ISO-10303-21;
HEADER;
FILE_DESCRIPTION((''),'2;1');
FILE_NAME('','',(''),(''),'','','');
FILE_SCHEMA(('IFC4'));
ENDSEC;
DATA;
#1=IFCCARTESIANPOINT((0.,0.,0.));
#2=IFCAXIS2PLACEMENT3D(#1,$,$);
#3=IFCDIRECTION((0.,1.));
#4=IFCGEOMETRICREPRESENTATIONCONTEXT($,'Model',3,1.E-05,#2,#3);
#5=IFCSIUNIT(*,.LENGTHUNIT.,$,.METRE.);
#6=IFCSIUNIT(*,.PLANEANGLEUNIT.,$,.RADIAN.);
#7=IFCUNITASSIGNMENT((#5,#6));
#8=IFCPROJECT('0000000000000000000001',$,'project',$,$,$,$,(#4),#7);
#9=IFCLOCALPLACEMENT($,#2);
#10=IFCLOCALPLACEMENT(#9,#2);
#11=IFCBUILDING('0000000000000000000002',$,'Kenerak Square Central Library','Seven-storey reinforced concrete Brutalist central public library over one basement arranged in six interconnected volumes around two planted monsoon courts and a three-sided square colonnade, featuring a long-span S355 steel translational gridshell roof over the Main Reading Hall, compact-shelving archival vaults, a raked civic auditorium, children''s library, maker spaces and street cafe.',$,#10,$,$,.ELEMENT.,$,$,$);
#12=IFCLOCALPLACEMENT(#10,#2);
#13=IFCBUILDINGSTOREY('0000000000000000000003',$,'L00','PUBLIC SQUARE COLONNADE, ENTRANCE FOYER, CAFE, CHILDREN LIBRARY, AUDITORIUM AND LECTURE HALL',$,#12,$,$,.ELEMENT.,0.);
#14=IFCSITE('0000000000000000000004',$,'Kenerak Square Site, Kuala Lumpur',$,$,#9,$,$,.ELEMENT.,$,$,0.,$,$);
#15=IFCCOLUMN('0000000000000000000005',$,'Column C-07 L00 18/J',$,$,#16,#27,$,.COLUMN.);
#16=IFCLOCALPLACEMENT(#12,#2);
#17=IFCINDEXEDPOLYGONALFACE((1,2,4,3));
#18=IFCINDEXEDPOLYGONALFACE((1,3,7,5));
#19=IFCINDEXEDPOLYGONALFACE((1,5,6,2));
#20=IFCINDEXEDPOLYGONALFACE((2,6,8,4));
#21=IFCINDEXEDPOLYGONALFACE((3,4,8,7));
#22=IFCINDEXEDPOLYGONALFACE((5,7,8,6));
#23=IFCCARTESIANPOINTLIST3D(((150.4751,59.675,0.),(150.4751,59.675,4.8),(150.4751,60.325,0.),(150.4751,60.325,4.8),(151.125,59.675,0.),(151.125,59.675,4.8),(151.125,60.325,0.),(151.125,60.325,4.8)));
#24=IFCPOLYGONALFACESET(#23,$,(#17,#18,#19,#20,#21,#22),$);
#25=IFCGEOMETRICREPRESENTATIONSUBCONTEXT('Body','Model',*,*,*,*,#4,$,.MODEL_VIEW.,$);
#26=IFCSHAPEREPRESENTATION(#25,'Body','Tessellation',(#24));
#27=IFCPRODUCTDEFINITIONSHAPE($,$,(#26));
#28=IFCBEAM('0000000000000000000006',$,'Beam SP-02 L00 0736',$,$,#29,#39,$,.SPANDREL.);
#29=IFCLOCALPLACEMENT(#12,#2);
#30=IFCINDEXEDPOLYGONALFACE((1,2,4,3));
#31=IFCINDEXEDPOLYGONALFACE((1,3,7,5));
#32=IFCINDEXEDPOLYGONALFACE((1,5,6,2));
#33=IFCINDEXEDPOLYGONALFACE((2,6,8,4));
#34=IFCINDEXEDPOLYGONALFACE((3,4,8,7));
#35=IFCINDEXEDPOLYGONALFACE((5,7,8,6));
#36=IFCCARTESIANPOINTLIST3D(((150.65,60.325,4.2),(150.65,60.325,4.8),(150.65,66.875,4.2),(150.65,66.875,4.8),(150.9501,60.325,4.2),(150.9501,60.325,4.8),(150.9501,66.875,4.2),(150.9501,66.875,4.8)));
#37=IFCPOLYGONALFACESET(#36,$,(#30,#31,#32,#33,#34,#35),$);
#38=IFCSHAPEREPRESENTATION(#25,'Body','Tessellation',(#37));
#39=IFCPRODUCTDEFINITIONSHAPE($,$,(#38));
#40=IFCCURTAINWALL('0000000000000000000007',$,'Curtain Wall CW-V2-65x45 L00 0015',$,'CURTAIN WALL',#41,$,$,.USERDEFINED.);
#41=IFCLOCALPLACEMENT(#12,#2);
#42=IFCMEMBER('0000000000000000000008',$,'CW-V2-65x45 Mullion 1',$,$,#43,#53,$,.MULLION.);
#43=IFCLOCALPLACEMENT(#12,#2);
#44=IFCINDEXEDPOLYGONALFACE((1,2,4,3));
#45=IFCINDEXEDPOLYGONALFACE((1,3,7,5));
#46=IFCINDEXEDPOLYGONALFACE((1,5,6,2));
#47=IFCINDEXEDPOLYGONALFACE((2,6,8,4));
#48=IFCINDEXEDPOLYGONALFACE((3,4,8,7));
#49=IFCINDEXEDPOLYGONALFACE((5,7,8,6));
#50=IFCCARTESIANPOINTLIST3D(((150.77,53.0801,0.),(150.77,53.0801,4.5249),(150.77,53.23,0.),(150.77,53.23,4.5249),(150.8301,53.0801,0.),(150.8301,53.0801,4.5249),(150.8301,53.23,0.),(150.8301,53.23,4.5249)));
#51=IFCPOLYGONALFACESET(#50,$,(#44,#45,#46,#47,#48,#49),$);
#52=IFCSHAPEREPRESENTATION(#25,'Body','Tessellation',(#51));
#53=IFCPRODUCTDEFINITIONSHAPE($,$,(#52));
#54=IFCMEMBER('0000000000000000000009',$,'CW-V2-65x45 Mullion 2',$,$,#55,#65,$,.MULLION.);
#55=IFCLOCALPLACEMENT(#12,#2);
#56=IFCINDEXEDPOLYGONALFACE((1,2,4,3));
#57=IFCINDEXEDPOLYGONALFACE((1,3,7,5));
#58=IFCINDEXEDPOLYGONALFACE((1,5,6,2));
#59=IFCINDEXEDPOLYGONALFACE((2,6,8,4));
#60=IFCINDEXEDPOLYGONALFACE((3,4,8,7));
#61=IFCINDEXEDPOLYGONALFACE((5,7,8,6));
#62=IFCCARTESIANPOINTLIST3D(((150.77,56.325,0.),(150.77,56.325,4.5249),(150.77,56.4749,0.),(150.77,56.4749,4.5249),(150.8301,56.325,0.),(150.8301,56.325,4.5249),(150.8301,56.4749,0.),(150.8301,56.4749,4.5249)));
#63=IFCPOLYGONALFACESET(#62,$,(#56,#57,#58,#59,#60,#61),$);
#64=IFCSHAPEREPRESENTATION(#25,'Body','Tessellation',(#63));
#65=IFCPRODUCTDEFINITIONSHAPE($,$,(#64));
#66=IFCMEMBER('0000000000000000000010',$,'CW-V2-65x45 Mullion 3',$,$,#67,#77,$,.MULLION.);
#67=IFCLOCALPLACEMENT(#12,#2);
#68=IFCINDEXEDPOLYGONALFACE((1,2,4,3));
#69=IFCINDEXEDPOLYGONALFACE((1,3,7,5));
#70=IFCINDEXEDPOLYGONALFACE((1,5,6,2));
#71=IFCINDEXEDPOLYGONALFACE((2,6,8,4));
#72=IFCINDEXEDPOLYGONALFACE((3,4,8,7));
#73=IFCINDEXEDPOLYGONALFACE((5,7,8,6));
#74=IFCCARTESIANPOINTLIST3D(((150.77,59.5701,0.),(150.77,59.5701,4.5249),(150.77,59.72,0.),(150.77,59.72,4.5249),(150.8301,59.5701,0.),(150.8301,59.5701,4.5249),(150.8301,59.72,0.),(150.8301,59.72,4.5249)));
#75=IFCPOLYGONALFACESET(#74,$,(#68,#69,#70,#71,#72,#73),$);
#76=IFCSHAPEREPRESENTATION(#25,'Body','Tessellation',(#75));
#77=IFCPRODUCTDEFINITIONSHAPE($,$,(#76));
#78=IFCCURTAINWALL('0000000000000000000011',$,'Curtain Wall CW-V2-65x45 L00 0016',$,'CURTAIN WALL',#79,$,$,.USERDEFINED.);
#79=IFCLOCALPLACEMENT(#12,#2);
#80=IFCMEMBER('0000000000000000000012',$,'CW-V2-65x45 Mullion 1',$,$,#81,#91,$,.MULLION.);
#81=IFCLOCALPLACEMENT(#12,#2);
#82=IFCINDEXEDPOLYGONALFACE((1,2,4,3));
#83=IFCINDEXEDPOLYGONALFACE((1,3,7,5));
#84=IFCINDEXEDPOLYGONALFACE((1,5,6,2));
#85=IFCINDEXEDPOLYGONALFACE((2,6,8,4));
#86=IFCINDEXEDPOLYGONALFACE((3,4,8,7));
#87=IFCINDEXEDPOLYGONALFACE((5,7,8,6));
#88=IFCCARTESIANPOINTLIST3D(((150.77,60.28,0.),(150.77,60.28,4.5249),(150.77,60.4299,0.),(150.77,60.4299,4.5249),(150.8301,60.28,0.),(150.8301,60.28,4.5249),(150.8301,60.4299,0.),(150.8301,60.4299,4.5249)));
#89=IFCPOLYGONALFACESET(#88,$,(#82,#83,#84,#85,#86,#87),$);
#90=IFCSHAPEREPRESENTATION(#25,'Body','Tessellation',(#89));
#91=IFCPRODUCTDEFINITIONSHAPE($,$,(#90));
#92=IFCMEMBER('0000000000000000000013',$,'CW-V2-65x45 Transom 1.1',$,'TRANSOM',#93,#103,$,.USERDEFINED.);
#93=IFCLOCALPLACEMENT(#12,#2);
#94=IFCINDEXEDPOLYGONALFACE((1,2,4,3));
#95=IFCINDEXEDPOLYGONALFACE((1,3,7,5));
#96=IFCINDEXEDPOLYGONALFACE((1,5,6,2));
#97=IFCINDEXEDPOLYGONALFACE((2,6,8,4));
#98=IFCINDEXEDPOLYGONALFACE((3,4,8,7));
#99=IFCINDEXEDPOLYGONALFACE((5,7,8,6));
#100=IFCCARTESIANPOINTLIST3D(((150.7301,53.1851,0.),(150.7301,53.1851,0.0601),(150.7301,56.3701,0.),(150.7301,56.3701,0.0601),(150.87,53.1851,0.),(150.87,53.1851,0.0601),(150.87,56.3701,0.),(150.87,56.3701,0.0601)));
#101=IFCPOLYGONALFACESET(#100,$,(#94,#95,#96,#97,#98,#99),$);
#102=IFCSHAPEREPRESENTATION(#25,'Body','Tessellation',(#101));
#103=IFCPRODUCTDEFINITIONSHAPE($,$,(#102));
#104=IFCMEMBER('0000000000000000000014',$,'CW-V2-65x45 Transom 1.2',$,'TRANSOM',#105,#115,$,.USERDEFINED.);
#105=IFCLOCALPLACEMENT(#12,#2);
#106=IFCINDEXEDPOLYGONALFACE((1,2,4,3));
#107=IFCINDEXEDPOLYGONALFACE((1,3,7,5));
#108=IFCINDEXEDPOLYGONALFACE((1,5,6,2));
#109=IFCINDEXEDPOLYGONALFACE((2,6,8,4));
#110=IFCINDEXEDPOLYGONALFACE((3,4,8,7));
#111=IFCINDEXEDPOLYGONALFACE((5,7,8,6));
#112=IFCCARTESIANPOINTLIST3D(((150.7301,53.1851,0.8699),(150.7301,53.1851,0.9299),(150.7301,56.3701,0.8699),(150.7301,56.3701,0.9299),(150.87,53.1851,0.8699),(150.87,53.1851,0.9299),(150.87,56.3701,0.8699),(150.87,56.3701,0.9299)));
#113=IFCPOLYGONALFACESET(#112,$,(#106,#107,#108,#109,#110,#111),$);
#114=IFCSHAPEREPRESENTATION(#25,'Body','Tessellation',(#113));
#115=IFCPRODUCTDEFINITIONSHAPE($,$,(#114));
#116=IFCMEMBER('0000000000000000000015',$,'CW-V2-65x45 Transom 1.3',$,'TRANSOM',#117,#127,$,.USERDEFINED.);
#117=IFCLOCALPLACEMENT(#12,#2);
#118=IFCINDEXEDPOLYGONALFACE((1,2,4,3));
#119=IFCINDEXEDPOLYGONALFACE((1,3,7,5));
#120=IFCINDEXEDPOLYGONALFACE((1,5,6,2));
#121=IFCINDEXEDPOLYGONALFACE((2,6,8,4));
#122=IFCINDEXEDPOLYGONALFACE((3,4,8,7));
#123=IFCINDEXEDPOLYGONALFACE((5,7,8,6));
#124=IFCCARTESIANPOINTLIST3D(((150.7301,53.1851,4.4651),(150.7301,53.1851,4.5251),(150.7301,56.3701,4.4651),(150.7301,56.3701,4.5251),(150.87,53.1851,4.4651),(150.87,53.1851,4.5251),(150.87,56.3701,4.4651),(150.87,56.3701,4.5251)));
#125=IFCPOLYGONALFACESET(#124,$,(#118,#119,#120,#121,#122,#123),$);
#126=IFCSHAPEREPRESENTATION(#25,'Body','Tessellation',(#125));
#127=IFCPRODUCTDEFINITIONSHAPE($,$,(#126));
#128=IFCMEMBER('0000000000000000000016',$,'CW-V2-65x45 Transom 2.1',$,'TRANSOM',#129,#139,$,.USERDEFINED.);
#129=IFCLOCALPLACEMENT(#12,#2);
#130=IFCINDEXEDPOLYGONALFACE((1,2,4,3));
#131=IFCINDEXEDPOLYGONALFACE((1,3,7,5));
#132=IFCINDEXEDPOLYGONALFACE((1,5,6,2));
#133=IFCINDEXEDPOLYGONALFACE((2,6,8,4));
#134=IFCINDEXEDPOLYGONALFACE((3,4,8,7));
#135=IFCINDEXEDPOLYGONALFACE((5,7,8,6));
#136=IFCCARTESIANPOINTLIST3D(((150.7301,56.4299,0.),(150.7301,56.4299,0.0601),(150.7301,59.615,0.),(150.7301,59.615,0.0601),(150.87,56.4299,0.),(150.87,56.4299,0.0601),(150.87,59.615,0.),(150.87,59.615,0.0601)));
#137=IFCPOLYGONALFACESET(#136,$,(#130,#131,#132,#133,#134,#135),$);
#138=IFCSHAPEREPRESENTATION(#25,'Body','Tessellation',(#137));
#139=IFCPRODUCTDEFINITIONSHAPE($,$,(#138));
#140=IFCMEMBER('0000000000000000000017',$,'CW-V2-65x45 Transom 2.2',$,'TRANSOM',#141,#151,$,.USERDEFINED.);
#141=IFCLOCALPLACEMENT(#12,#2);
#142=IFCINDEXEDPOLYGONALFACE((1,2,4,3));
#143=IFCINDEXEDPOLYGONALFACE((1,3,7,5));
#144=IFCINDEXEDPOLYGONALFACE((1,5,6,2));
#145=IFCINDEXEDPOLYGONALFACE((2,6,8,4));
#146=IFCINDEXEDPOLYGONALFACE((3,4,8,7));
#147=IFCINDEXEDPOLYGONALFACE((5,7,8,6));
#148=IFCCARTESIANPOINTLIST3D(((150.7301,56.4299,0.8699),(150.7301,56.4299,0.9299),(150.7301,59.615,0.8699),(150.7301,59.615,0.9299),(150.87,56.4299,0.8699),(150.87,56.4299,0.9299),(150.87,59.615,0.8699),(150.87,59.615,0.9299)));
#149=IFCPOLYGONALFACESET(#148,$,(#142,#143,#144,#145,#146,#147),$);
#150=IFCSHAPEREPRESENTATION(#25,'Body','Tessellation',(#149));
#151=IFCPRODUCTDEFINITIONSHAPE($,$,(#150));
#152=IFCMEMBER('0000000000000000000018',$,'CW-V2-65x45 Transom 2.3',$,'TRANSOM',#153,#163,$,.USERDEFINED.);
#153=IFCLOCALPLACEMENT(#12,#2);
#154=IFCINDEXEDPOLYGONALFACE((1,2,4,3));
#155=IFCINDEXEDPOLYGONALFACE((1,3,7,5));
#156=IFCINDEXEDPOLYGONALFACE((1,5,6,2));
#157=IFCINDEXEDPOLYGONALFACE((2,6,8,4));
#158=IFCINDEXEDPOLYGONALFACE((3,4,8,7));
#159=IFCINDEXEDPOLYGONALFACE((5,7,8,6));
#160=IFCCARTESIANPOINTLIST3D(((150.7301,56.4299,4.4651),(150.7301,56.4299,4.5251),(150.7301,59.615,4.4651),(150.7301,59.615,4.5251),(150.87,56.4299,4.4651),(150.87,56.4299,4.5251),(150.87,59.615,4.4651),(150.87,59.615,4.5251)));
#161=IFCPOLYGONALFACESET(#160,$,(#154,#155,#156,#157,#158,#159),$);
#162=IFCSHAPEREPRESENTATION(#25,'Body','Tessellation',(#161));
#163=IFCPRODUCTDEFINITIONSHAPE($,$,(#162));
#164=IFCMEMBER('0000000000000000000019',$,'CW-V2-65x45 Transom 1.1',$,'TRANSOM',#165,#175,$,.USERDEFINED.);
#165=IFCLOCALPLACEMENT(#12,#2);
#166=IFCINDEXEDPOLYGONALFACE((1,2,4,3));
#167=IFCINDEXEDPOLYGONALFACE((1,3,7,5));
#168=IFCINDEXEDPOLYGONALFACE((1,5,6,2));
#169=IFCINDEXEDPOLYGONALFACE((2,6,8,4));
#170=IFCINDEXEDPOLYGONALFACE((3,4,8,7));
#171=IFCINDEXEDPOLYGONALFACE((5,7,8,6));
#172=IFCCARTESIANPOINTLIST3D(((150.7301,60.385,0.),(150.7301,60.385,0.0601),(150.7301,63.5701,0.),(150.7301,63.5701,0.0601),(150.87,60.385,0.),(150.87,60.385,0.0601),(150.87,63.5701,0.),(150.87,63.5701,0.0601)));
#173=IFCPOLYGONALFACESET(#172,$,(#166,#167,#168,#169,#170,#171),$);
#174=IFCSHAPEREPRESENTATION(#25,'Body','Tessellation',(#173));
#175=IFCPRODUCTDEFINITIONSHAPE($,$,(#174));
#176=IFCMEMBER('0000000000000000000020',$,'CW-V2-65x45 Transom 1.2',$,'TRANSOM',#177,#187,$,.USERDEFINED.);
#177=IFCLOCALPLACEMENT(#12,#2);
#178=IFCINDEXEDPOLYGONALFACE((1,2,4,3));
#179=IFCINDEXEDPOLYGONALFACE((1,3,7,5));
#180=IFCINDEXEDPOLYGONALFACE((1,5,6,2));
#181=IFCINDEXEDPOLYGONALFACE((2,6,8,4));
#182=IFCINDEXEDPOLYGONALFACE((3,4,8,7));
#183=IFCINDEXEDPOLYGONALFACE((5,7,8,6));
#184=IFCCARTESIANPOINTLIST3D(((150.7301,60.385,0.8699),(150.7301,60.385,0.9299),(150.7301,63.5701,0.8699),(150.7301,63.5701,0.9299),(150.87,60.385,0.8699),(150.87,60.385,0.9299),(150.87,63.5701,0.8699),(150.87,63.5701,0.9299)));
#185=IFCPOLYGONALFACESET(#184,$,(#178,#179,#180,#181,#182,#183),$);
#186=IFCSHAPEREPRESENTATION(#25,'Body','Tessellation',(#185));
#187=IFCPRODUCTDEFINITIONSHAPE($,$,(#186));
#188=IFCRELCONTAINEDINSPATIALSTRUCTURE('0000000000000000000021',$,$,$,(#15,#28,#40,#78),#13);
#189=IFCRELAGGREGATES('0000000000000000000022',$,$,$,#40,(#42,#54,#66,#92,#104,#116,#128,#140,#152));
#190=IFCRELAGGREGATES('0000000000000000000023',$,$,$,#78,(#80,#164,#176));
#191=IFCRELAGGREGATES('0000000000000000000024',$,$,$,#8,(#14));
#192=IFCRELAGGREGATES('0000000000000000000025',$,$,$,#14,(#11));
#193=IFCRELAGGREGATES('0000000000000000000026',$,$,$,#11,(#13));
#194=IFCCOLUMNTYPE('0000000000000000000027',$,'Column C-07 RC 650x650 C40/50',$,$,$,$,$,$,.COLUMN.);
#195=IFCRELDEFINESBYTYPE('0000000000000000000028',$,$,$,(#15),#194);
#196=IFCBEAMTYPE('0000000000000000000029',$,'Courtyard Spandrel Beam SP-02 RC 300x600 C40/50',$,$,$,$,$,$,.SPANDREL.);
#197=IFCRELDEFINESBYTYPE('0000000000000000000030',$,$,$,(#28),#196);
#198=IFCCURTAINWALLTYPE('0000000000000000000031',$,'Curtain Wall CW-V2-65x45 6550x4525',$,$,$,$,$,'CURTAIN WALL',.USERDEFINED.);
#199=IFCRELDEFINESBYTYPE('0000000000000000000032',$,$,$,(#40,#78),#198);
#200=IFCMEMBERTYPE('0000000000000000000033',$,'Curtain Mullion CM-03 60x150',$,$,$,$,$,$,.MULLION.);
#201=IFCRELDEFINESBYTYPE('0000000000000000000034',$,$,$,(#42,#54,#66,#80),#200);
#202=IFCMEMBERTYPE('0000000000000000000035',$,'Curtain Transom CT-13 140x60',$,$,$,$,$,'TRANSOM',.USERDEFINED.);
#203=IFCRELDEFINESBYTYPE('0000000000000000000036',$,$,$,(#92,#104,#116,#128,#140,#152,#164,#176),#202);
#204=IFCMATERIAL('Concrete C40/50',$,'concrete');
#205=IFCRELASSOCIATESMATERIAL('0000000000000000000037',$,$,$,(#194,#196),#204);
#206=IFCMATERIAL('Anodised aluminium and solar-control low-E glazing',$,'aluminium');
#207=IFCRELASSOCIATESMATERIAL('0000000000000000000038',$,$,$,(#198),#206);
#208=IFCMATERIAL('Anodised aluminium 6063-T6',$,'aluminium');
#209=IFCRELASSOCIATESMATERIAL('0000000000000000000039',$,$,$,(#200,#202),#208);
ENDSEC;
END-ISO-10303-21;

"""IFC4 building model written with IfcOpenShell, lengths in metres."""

from ifc_helpers import new_model, si_unit, direction, frame, origin, origin_2d, place, context, subcontext, project, spatial, rectangle, extrude, material, material_profile, profile_set, type_object, element, aggregate, save


model = new_model("IFC4")

# Units and contexts
model_context = context("Model", 3, precision=1e-05, world=origin(), true_north=direction((0.0, 1.0)))
body_context = subcontext(model_context, "Body", "Model", "MODEL_VIEW")
ifc_project = project(units=[si_unit("LENGTHUNIT", "METRE"), si_unit("PLANEANGLEUNIT", "RADIAN")], contexts=[model_context])

# Site, building, storey
site_placement = place(None, origin())
site = spatial("IfcSite", under=ifc_project, at=site_placement, Name="Kenerak Square Site, Kuala Lumpur", CompositionType="ELEMENT", RefElevation=0.0)
building_placement = place(site_placement, origin())
building = spatial("IfcBuilding", under=site, at=building_placement, Name="Kenerak Square Central Library", Description="Seven-storey reinforced concrete Brutalist central public library over one basement arranged in six interconnected volumes around two planted monsoon courts and a three-sided square colonnade, featuring a long-span S355 steel translational gridshell roof over the Main Reading Hall, compact-shelving archival vaults, a raked civic auditorium, children's library, maker spaces and street cafe.", CompositionType="ELEMENT")
storey_placement = place(building_placement, origin())
storey = spatial("IfcBuildingStorey", under=building, at=storey_placement, Name="L00", Description="PUBLIC SQUARE COLONNADE, ENTRANCE FOYER, CAFE, CHILDREN LIBRARY, AUDITORIUM AND LECTURE HALL", CompositionType="ELEMENT", Elevation=0.0)

# Column
ifc_material_1 = material(Name="Concrete C40/50", Category="concrete")
ifc_material_profile_1 = material_profile(ifc_material_1, rectangle(XDim=0.6499, YDim=0.6499, at=origin_2d()), Name="RC 650x650")
ifc_profile_set_1 = profile_set([ifc_material_profile_1], Name="Concrete C40/50")
column_type = type_object("IfcColumnType", Name="Column C-07 RC 650x650 C40/50", PredefinedType="COLUMN", material=ifc_profile_set_1)
column_placement = place(storey_placement, frame((150.8, 60.0, 0.0), z_axis=(0.0, 0.0, 1.0), x_axis=(1.0, 0.0, 0.0)))
element("IfcColumn", 1, at=column_placement, inside=storey, type_object=column_type, Name="Column C-07 L00 18/J", PredefinedType="COLUMN", context=body_context, shape_type="SweptSolid", body=[
    extrude(rectangle(XDim=0.6499, YDim=0.6499, at=origin_2d()), origin(), (0.0, 0.0, 1.0), 4.8),
])

# Beam
ifc_material_profile_2 = material_profile(ifc_material_1, rectangle(XDim=0.3, YDim=0.6001, at=origin_2d()), Name="RC 300x600")
ifc_profile_set_2 = profile_set([ifc_material_profile_2], Name="Concrete C40/50")
beam_type = type_object("IfcBeamType", Name="Courtyard Spandrel Beam SP-02 RC 300x600 C40/50", PredefinedType="SPANDREL", material=ifc_profile_set_2)
beam_placement = place(storey_placement, frame((150.8, 60.325, 4.5), z_axis=(0.0, 1.0, 0.0), x_axis=(-1.0, 0.0, 0.0)))
element("IfcBeam", 2, at=beam_placement, inside=storey, type_object=beam_type, Name="Beam SP-02 L00 0736", PredefinedType="SPANDREL", context=body_context, shape_type="SweptSolid", body=[
    extrude(rectangle(XDim=0.3, YDim=0.6001, at=origin_2d()), origin(), (0.0, 0.0, 1.0), 6.55),
])

# Curtain wall, members
ifc_material_2 = material(Name="Anodised aluminium and solar-control low-E glazing", Category="aluminium")
curtain_wall_type = type_object("IfcCurtainWallType", Name="Curtain Wall CW-V2-65x45 6550x4525", ElementType="CURTAIN WALL", PredefinedType="USERDEFINED", material=ifc_material_2)
curtain_wall_1_placement = place(storey_placement, origin())
curtain_wall_1 = element("IfcCurtainWall", 3, at=curtain_wall_1_placement, inside=storey, type_object=curtain_wall_type, Name="Curtain Wall CW-V2-65x45 L00 0015", ObjectType="CURTAIN WALL", PredefinedType="USERDEFINED")
ifc_material_3 = material(Name="Anodised aluminium 6063-T6", Category="aluminium")
ifc_material_profile_3 = material_profile(ifc_material_3, rectangle(XDim=0.0601, YDim=0.1499, at=origin_2d()), Name="AL MULLION 60x150")
ifc_profile_set_3 = profile_set([ifc_material_profile_3], Name="Anodised aluminium 6063-T6")
member_type_1 = type_object("IfcMemberType", Name="Curtain Mullion CM-03 60x150", PredefinedType="MULLION", material=ifc_profile_set_3)
member_1_placement = place(storey_placement, frame((150.8, 53.155, 0.0), z_axis=(0.0, 0.0, 1.0), x_axis=(-1.0, 0.0, 0.0)))
member_1 = element("IfcMember", 4, at=member_1_placement, type_object=member_type_1, Name="CW-V2-65x45 Mullion 1", PredefinedType="MULLION", context=body_context, shape_type="SweptSolid", body=[
    extrude(rectangle(XDim=0.0601, YDim=0.1499, at=origin_2d()), origin(), (0.0, 0.0, 1.0), 4.5249),
])
member_2_placement = place(storey_placement, frame((150.8, 56.3999, 0.0), z_axis=(0.0, 0.0, 1.0), x_axis=(-1.0, 0.0, 0.0)))
member_2 = element("IfcMember", 5, at=member_2_placement, type_object=member_type_1, Name="CW-V2-65x45 Mullion 2", PredefinedType="MULLION", context=body_context, shape_type="SweptSolid", body=[
    extrude(rectangle(XDim=0.0601, YDim=0.1499, at=origin_2d()), origin(), (0.0, 0.0, 1.0), 4.5249),
])
member_3_placement = place(storey_placement, frame((150.8, 59.645, 0.0), z_axis=(0.0, 0.0, 1.0), x_axis=(-1.0, 0.0, 0.0)))
member_3 = element("IfcMember", 6, at=member_3_placement, type_object=member_type_1, Name="CW-V2-65x45 Mullion 3", PredefinedType="MULLION", context=body_context, shape_type="SweptSolid", body=[
    extrude(rectangle(XDim=0.0601, YDim=0.1499, at=origin_2d()), origin(), (0.0, 0.0, 1.0), 4.5249),
])

# Curtain wall, member
curtain_wall_2_placement = place(storey_placement, origin())
curtain_wall_2 = element("IfcCurtainWall", 7, at=curtain_wall_2_placement, inside=storey, type_object=curtain_wall_type, Name="Curtain Wall CW-V2-65x45 L00 0016", ObjectType="CURTAIN WALL", PredefinedType="USERDEFINED")
member_4_placement = place(storey_placement, frame((150.8, 60.355, 0.0), z_axis=(0.0, 0.0, 1.0), x_axis=(-1.0, 0.0, 0.0)))
member_4 = element("IfcMember", 8, at=member_4_placement, type_object=member_type_1, Name="CW-V2-65x45 Mullion 1", PredefinedType="MULLION", context=body_context, shape_type="SweptSolid", body=[
    extrude(rectangle(XDim=0.0601, YDim=0.1499, at=origin_2d()), origin(), (0.0, 0.0, 1.0), 4.5249),
])

# Members
ifc_material_profile_4 = material_profile(ifc_material_3, rectangle(XDim=0.1399, YDim=0.0601, at=origin_2d()), Name="AL TRANSOM 140x60")
ifc_profile_set_4 = profile_set([ifc_material_profile_4], Name="Anodised aluminium 6063-T6")
member_type_2 = type_object("IfcMemberType", Name="Curtain Transom CT-13 140x60", ElementType="TRANSOM", PredefinedType="USERDEFINED", material=ifc_profile_set_4)
member_5_placement = place(storey_placement, frame((150.8, 53.1851, 0.03), z_axis=(0.0, 1.0, 0.0), x_axis=(-1.0, 0.0, 0.0)))
member_5 = element("IfcMember", 9, at=member_5_placement, type_object=member_type_2, Name="CW-V2-65x45 Transom 1.1", ObjectType="TRANSOM", PredefinedType="USERDEFINED", context=body_context, shape_type="SweptSolid", body=[
    extrude(rectangle(XDim=0.1399, YDim=0.0601, at=origin_2d()), origin(), (0.0, 0.0, 1.0), 3.1851),
])
member_6_placement = place(storey_placement, frame((150.8, 53.1851, 0.8999), z_axis=(0.0, 1.0, 0.0), x_axis=(-1.0, 0.0, 0.0)))
member_6 = element("IfcMember", 10, at=member_6_placement, type_object=member_type_2, Name="CW-V2-65x45 Transom 1.2", ObjectType="TRANSOM", PredefinedType="USERDEFINED", context=body_context, shape_type="SweptSolid", body=[
    extrude(rectangle(XDim=0.1399, YDim=0.0601, at=origin_2d()), origin(), (0.0, 0.0, 1.0), 3.1851),
])
member_7_placement = place(storey_placement, frame((150.8, 53.1851, 4.4951), z_axis=(0.0, 1.0, 0.0), x_axis=(-1.0, 0.0, 0.0)))
member_7 = element("IfcMember", 11, at=member_7_placement, type_object=member_type_2, Name="CW-V2-65x45 Transom 1.3", ObjectType="TRANSOM", PredefinedType="USERDEFINED", context=body_context, shape_type="SweptSolid", body=[
    extrude(rectangle(XDim=0.1399, YDim=0.0601, at=origin_2d()), origin(), (0.0, 0.0, 1.0), 3.1851),
])
member_8_placement = place(storey_placement, frame((150.8, 56.4299, 0.03), z_axis=(0.0, 1.0, 0.0), x_axis=(-1.0, 0.0, 0.0)))
member_8 = element("IfcMember", 12, at=member_8_placement, type_object=member_type_2, Name="CW-V2-65x45 Transom 2.1", ObjectType="TRANSOM", PredefinedType="USERDEFINED", context=body_context, shape_type="SweptSolid", body=[
    extrude(rectangle(XDim=0.1399, YDim=0.0601, at=origin_2d()), origin(), (0.0, 0.0, 1.0), 3.1851),
])
member_9_placement = place(storey_placement, frame((150.8, 56.4299, 0.8999), z_axis=(0.0, 1.0, 0.0), x_axis=(-1.0, 0.0, 0.0)))
member_9 = element("IfcMember", 13, at=member_9_placement, type_object=member_type_2, Name="CW-V2-65x45 Transom 2.2", ObjectType="TRANSOM", PredefinedType="USERDEFINED", context=body_context, shape_type="SweptSolid", body=[
    extrude(rectangle(XDim=0.1399, YDim=0.0601, at=origin_2d()), origin(), (0.0, 0.0, 1.0), 3.1851),
])
member_10_placement = place(storey_placement, frame((150.8, 56.4299, 4.4951), z_axis=(0.0, 1.0, 0.0), x_axis=(-1.0, 0.0, 0.0)))
member_10 = element("IfcMember", 14, at=member_10_placement, type_object=member_type_2, Name="CW-V2-65x45 Transom 2.3", ObjectType="TRANSOM", PredefinedType="USERDEFINED", context=body_context, shape_type="SweptSolid", body=[
    extrude(rectangle(XDim=0.1399, YDim=0.0601, at=origin_2d()), origin(), (0.0, 0.0, 1.0), 3.1851),
])
member_11_placement = place(storey_placement, frame((150.8, 60.385, 0.03), z_axis=(0.0, 1.0, 0.0), x_axis=(-1.0, 0.0, 0.0)))
member_11 = element("IfcMember", 15, at=member_11_placement, type_object=member_type_2, Name="CW-V2-65x45 Transom 1.1", ObjectType="TRANSOM", PredefinedType="USERDEFINED", context=body_context, shape_type="SweptSolid", body=[
    extrude(rectangle(XDim=0.1399, YDim=0.0601, at=origin_2d()), origin(), (0.0, 0.0, 1.0), 3.1851),
])
member_12_placement = place(storey_placement, frame((150.8, 60.385, 0.8999), z_axis=(0.0, 1.0, 0.0), x_axis=(-1.0, 0.0, 0.0)))
member_12 = element("IfcMember", 16, at=member_12_placement, type_object=member_type_2, Name="CW-V2-65x45 Transom 1.2", ObjectType="TRANSOM", PredefinedType="USERDEFINED", context=body_context, shape_type="SweptSolid", body=[
    extrude(rectangle(XDim=0.1399, YDim=0.0601, at=origin_2d()), origin(), (0.0, 0.0, 1.0), 3.1851),
])

aggregate(curtain_wall_1, [member_1, member_2, member_3, member_5, member_6, member_7, member_8, member_9, member_10])
aggregate(curtain_wall_2, [member_4, member_11, member_12])

save(model, "model.ifc")
